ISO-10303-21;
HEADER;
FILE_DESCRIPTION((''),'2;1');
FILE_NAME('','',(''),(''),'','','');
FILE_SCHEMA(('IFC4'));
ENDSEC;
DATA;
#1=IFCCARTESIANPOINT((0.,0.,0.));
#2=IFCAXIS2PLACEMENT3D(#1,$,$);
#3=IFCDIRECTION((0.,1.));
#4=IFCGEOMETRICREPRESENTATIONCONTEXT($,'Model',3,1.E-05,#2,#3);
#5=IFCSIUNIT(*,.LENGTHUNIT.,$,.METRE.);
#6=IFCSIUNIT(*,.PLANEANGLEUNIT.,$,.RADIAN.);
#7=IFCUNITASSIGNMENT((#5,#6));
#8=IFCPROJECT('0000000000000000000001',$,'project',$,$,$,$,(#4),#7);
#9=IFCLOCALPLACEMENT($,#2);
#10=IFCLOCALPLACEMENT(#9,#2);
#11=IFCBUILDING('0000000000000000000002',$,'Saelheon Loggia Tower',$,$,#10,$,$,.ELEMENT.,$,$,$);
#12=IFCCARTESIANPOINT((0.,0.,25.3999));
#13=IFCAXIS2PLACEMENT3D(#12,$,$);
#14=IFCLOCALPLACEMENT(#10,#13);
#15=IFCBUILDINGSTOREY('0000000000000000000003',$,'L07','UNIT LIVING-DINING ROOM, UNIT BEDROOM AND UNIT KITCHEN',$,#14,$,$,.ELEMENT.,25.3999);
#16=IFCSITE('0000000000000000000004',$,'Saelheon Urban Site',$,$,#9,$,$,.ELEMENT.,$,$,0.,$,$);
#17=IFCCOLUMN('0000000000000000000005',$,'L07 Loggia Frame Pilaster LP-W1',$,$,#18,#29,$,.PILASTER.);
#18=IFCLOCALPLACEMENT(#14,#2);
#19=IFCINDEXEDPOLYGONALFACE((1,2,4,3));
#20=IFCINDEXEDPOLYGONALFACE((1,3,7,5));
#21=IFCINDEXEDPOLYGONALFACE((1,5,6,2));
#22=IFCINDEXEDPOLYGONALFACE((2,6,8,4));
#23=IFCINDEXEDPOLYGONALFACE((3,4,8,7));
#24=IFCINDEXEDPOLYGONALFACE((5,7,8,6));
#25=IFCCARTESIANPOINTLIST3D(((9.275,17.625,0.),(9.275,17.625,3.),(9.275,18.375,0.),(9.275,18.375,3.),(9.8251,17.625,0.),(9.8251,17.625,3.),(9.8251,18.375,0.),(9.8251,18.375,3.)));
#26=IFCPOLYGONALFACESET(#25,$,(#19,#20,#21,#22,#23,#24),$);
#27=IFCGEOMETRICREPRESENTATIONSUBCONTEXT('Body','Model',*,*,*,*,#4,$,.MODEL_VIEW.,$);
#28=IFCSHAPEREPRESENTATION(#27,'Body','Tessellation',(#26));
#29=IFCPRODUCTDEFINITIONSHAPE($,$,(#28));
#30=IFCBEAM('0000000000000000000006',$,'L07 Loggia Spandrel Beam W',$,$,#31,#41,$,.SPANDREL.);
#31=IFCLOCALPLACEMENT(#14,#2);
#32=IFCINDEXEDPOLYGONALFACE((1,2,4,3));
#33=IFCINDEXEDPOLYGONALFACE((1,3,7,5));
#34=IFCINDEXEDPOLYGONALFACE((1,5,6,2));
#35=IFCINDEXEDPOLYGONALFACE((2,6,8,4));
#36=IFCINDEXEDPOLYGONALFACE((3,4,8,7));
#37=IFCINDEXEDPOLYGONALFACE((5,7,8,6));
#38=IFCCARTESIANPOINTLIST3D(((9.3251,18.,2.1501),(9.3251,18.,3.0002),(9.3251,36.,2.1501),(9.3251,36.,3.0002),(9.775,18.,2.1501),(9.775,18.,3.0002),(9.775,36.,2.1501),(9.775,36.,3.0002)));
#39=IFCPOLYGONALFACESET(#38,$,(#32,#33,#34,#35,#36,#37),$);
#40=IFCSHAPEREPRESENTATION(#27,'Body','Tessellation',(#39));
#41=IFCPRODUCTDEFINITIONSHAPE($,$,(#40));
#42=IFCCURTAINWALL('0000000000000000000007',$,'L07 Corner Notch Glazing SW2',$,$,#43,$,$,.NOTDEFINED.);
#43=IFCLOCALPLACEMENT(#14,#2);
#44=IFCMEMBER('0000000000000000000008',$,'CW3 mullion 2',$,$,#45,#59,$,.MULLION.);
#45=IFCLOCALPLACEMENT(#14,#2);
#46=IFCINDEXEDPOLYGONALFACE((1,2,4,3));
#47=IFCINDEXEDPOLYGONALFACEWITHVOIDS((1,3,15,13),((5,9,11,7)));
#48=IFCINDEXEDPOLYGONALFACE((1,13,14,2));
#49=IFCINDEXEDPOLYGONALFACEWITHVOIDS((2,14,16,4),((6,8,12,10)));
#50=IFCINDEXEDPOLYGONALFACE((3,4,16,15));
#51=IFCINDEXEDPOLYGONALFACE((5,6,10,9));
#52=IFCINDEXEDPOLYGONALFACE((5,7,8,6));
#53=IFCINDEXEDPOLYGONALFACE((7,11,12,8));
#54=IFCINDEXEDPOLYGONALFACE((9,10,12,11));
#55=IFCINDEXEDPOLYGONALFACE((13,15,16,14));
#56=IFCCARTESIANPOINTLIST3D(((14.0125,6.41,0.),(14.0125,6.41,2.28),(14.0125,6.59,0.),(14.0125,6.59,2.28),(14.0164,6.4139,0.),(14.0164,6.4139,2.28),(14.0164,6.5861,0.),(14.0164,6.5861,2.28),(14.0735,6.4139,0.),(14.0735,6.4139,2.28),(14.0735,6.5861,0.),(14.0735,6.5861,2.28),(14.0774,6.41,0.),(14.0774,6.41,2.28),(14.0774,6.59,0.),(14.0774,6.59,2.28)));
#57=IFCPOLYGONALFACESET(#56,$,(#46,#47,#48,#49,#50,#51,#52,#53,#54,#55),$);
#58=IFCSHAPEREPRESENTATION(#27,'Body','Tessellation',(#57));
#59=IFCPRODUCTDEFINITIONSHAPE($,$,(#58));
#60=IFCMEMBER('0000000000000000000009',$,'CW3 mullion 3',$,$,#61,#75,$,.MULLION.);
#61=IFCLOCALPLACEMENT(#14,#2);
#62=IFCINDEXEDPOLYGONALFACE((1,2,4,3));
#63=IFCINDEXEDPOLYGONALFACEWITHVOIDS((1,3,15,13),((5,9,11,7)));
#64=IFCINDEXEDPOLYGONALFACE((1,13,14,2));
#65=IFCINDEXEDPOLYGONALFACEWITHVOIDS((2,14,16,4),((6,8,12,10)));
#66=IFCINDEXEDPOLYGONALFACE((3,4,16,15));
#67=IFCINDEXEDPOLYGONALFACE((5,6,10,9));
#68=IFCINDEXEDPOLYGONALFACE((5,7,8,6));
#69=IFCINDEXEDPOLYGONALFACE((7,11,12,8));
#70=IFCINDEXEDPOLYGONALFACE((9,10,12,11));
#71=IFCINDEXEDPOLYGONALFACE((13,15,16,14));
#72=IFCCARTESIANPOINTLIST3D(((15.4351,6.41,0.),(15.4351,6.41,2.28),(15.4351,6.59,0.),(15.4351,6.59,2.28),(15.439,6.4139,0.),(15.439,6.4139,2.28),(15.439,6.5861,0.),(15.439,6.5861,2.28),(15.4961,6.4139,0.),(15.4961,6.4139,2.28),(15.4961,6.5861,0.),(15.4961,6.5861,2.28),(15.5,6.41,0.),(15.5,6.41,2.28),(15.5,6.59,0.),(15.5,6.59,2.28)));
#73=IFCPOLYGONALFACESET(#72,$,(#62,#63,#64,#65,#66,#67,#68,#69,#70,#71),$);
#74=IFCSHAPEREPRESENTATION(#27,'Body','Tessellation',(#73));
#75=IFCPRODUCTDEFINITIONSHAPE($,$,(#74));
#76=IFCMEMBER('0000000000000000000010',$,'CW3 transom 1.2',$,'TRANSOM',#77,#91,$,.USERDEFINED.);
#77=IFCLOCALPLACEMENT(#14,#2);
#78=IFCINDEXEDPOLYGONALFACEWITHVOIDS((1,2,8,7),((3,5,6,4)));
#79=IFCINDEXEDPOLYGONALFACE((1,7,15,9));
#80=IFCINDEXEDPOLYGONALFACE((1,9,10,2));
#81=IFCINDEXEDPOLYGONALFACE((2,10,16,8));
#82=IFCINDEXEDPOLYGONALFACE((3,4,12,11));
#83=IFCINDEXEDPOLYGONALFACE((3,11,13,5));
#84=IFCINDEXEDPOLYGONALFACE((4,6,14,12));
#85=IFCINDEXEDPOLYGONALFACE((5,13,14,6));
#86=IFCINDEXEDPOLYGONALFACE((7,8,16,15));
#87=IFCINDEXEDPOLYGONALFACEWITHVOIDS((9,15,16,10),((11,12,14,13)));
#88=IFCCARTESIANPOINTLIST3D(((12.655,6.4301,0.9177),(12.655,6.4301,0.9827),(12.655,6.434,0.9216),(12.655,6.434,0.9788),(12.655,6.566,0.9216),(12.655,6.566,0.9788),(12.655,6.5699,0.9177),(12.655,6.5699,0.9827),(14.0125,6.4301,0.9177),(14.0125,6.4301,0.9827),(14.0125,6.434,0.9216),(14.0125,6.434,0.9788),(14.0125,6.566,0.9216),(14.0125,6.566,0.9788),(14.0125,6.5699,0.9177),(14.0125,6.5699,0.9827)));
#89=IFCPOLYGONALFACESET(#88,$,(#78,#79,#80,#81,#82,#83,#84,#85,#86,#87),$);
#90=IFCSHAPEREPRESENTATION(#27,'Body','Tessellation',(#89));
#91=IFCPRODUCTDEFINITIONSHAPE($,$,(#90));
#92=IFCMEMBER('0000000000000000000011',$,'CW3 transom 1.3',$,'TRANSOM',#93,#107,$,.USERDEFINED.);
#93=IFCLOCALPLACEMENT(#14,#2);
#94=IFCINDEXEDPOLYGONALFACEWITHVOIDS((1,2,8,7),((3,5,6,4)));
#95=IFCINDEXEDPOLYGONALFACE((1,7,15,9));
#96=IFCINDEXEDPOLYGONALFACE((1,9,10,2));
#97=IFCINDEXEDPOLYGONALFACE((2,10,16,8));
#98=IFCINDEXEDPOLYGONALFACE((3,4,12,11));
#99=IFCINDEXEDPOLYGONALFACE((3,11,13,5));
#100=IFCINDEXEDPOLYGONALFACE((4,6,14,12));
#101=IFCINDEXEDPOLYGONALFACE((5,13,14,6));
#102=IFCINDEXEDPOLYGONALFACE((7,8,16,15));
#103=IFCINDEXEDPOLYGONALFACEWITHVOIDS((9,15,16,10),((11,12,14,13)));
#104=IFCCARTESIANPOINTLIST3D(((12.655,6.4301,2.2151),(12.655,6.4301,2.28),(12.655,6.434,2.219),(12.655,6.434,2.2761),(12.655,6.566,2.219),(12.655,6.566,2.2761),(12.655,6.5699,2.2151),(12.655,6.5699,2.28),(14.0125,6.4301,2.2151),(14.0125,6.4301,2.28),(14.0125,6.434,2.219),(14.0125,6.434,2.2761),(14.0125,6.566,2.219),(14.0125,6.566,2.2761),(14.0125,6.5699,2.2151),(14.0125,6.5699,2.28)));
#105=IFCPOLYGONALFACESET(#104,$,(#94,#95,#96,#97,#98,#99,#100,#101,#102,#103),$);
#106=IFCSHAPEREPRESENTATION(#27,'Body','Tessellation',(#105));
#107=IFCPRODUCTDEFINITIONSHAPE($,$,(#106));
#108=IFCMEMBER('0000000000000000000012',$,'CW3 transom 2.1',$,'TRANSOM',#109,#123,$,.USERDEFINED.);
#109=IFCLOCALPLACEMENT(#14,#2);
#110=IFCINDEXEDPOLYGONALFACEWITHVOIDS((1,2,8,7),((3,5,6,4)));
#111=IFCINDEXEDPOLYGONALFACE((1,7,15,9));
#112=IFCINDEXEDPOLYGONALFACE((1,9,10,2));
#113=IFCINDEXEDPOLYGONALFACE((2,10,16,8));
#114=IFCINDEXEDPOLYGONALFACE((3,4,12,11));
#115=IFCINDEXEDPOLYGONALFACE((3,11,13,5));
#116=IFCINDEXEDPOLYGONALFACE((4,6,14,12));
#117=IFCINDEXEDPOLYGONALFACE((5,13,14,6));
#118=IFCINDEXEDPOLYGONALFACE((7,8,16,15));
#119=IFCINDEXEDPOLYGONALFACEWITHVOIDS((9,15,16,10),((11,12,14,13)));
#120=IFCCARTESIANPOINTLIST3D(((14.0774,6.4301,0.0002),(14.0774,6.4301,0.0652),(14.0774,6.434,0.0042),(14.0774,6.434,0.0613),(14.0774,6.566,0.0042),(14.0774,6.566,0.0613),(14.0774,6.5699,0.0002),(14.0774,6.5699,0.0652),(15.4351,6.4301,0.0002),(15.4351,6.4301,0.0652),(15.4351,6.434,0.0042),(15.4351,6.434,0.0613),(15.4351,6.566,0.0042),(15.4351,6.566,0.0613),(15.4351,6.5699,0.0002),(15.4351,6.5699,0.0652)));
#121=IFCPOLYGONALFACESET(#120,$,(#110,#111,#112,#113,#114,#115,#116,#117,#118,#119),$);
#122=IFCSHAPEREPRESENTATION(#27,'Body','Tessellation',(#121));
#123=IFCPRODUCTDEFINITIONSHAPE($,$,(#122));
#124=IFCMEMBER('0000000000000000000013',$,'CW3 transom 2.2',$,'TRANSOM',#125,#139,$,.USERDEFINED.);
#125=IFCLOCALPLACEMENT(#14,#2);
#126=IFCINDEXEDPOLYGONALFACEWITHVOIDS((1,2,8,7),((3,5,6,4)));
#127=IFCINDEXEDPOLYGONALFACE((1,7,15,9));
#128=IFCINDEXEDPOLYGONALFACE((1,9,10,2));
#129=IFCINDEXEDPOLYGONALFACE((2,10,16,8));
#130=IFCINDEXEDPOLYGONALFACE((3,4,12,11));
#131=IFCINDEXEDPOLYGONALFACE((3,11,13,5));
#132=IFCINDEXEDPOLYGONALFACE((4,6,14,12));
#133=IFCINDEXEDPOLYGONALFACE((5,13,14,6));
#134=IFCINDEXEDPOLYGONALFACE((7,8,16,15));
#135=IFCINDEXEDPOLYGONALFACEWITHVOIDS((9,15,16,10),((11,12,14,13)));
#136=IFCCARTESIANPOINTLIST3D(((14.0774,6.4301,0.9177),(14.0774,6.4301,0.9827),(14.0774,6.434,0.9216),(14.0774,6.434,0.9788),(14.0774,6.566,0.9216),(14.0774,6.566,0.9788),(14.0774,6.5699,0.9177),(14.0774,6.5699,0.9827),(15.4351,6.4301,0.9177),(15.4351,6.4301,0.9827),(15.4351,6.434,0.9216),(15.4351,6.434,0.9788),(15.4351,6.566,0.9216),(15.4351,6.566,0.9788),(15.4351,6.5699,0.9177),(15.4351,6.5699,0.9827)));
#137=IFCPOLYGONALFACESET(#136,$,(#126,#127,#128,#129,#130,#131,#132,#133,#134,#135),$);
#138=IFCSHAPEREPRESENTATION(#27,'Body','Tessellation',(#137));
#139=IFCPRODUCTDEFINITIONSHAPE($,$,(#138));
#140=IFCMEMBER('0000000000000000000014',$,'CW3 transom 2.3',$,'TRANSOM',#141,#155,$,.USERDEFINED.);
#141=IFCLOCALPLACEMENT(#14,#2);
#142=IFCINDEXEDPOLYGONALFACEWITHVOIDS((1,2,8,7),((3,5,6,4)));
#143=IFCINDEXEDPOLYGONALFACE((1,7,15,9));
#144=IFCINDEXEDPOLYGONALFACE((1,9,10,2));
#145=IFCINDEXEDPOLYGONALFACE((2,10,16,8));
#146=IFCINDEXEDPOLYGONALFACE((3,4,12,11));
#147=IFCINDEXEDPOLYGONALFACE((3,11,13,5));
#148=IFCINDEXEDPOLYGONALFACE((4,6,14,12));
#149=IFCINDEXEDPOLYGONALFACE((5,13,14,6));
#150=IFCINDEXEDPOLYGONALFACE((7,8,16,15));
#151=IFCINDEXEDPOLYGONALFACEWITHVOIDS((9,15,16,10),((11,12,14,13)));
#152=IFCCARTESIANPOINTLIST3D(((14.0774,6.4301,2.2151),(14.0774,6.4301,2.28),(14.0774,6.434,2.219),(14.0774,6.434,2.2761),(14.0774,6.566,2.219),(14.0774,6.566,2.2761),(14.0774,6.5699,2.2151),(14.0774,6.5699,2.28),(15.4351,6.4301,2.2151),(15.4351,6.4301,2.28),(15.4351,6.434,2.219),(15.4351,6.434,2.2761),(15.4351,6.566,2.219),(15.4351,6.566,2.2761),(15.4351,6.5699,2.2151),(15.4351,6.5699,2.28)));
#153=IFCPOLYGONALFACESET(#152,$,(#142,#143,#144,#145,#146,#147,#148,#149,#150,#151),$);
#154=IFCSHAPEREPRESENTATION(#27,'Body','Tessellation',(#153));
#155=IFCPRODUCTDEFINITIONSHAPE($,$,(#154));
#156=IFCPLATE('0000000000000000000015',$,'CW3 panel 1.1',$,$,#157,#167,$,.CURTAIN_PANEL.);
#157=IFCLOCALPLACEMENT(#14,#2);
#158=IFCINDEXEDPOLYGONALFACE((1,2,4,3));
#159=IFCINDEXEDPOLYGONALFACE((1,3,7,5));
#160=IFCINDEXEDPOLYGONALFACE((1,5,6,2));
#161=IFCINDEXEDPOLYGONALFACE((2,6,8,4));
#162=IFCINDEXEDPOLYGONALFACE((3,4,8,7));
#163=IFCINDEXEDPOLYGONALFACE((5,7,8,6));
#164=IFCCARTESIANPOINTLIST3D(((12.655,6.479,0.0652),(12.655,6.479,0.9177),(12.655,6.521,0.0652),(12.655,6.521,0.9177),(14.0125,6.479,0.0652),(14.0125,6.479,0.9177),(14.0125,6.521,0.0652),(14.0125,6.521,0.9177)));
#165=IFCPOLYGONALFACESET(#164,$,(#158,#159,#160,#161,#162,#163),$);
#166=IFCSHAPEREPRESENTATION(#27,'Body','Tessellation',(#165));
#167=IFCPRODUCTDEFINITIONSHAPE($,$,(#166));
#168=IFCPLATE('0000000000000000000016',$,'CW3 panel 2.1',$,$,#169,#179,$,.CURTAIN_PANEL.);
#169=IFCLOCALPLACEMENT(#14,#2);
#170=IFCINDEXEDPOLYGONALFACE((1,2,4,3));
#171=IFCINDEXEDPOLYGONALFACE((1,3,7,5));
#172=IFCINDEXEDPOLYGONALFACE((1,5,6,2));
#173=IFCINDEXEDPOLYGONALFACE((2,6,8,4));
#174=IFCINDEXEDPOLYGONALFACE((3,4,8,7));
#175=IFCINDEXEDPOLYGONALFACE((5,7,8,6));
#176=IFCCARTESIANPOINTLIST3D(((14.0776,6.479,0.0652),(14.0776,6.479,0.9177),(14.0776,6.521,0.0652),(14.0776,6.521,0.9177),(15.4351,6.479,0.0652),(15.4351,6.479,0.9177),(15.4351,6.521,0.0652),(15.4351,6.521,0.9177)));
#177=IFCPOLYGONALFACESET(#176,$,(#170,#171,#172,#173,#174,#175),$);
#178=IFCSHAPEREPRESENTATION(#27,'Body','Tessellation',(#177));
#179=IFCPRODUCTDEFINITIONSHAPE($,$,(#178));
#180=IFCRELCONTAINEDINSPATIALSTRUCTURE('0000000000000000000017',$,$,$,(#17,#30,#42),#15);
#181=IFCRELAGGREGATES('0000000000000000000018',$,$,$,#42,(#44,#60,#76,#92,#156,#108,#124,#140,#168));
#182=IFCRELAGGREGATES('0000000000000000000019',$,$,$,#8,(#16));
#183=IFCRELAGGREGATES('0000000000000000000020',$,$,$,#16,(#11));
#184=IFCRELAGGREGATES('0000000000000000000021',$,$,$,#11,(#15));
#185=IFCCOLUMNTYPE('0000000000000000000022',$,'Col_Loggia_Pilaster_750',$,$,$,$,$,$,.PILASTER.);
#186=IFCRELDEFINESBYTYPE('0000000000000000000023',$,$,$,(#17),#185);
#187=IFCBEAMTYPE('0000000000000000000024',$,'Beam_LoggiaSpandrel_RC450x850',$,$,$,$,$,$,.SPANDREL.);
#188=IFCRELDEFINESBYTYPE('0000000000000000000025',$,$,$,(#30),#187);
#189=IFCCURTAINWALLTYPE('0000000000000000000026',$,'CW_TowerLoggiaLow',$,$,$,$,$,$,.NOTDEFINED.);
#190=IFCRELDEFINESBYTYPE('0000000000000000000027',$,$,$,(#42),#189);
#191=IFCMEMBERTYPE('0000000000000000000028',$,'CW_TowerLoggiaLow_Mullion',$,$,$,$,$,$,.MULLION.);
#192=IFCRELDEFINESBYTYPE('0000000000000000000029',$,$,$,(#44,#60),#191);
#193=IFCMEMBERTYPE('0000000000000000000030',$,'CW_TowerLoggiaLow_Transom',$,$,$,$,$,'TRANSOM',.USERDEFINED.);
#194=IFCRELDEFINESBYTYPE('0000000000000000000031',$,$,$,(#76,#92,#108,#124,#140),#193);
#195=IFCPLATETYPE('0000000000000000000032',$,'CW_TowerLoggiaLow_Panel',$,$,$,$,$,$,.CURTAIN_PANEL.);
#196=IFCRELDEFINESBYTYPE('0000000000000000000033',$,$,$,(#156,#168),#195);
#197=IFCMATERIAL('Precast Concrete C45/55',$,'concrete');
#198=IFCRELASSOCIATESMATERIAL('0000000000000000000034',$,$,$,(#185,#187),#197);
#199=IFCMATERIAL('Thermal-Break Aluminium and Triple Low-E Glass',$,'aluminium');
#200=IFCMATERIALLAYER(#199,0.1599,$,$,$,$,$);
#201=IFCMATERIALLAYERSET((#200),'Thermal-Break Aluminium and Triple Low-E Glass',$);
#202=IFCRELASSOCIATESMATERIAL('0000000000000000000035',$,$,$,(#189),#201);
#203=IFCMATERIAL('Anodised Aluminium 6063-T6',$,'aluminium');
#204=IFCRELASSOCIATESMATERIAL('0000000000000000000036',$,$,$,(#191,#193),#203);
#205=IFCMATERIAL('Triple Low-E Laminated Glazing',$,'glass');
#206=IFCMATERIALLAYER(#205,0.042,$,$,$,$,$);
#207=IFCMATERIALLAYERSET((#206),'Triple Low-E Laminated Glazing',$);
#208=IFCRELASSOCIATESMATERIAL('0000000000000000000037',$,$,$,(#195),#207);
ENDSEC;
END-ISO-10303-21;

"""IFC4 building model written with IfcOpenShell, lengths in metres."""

from ifc_helpers import new_model, si_unit, direction, frame, origin, origin_2d, place, context, subcontext, project, spatial, rectangle, hollow_rectangle, extrude, source, transform, mapped, material, layer, layer_set, material_profile, profile_set, type_object, element, aggregate, save


model = new_model("IFC4")

# Units and contexts
model_context = context("Model", 3, precision=1e-05, world=origin(), true_north=direction((0.0, 1.0)))
body_context = subcontext(model_context, "Body", "Model", "MODEL_VIEW")
ifc_project = project(units=[si_unit("LENGTHUNIT", "METRE"), si_unit("PLANEANGLEUNIT", "RADIAN")], contexts=[model_context])

# Site, building, storey
site_placement = place(None, origin())
site = spatial("IfcSite", under=ifc_project, at=site_placement, Name="Saelheon Urban Site", CompositionType="ELEMENT", RefElevation=0.0)
building_placement = place(site_placement, origin())
building = spatial("IfcBuilding", under=site, at=building_placement, Name="Saelheon Loggia Tower", CompositionType="ELEMENT")
storey_placement = place(building_placement, frame((0.0, 0.0, 25.3999)))
storey = spatial("IfcBuildingStorey", under=building, at=storey_placement, Name="L07", Description="UNIT LIVING-DINING ROOM, UNIT BEDROOM AND UNIT KITCHEN", CompositionType="ELEMENT", Elevation=25.3999)

# Column
ifc_material_1 = material(Name="Precast Concrete C45/55", Category="concrete")
ifc_material_profile_1 = material_profile(ifc_material_1, rectangle(XDim=0.55, YDim=0.75, at=origin_2d()), Name="RC-550x750")
ifc_profile_set_1 = profile_set([ifc_material_profile_1], Name="Precast Concrete C45/55")
column_type = type_object("IfcColumnType", Name="Col_Loggia_Pilaster_750", PredefinedType="PILASTER", material=ifc_profile_set_1)
shared_shape_1 = source(origin(), body_context, "Body", "SweptSolid", [
    extrude(rectangle(XDim=0.55, YDim=0.75, at=origin_2d()), origin(), (0.0, 0.0, 1.0), 3.0),
])
column_placement = place(storey_placement, frame((9.55, 18.0, 0.0), z_axis=(0.0, 0.0, 1.0), x_axis=(1.0, 0.0, 0.0)))
element("IfcColumn", 1, at=column_placement, inside=storey, type_object=column_type, Name="L07 Loggia Frame Pilaster LP-W1", PredefinedType="PILASTER", context=body_context, shape_type="MappedRepresentation", body=[
    mapped(shared_shape_1, transform((0.0, 0.0, 0.0), scale=1.0)),
])

# Beam
ifc_material_profile_2 = material_profile(ifc_material_1, rectangle(XDim=0.45, YDim=0.8501, at=origin_2d()), Name="RC-450x850")
ifc_profile_set_2 = profile_set([ifc_material_profile_2], Name="Precast Concrete C45/55")
beam_type = type_object("IfcBeamType", Name="Beam_LoggiaSpandrel_RC450x850", PredefinedType="SPANDREL", material=ifc_profile_set_2)
shared_shape_2 = source(origin(), body_context, "Body", "SweptSolid", [
    extrude(rectangle(XDim=0.45, YDim=0.8501, at=origin_2d()), origin(), (0.0, 0.0, 1.0), 18.0),
])
beam_placement = place(storey_placement, frame((9.55, 18.0, 2.5752), z_axis=(0.0, 1.0, 0.0), x_axis=(-1.0, 0.0, 0.0)))
element("IfcBeam", 2, at=beam_placement, inside=storey, type_object=beam_type, Name="L07 Loggia Spandrel Beam W", PredefinedType="SPANDREL", context=body_context, shape_type="MappedRepresentation", body=[
    mapped(shared_shape_2, transform((0.0, 0.0, 0.0), scale=1.0)),
])

# Curtain wall, members, plates
ifc_material_2 = material(Name="Thermal-Break Aluminium and Triple Low-E Glass", Category="aluminium")
ifc_layer_1 = layer(ifc_material_2, 0.1599)
ifc_layer_set_1 = layer_set([ifc_layer_1], Name="Thermal-Break Aluminium and Triple Low-E Glass")
curtain_wall_type = type_object("IfcCurtainWallType", Name="CW_TowerLoggiaLow", PredefinedType="NOTDEFINED", material=ifc_layer_set_1)
curtain_wall_placement = place(storey_placement, origin())
curtain_wall = element("IfcCurtainWall", 3, at=curtain_wall_placement, inside=storey, type_object=curtain_wall_type, Name="L07 Corner Notch Glazing SW2", PredefinedType="NOTDEFINED")
ifc_material_3 = material(Name="Anodised Aluminium 6063-T6", Category="aluminium")
ifc_material_profile_3 = material_profile(ifc_material_3, hollow_rectangle(XDim=0.0649, YDim=0.1799, WallThickness=0.0039, at=origin_2d()), Name="RHS-180x65x4")
ifc_profile_set_3 = profile_set([ifc_material_profile_3], Name="Anodised Aluminium 6063-T6")
member_type_1 = type_object("IfcMemberType", Name="CW_TowerLoggiaLow_Mullion", PredefinedType="MULLION", material=ifc_profile_set_3)
shared_shape_3 = source(origin(), body_context, "Body", "SweptSolid", [
    extrude(hollow_rectangle(XDim=0.0649, YDim=0.1799, WallThickness=0.0039, at=origin_2d()), origin(), (0.0, 0.0, 1.0), 2.28),
])
member_1_placement = place(storey_placement, frame((14.0449, 6.5, 0.0), z_axis=(0.0, 0.0, 1.0), x_axis=(1.0, 0.0, 0.0)))
member_1 = element("IfcMember", 4, at=member_1_placement, type_object=member_type_1, Name="CW3 mullion 2", PredefinedType="MULLION", context=body_context, shape_type="MappedRepresentation", body=[
    mapped(shared_shape_3, transform((0.0, 0.0, 0.0), scale=1.0)),
])
member_2_placement = place(storey_placement, frame((15.4675, 6.5, 0.0), z_axis=(0.0, 0.0, 1.0), x_axis=(1.0, 0.0, 0.0)))
member_2 = element("IfcMember", 5, at=member_2_placement, type_object=member_type_1, Name="CW3 mullion 3", PredefinedType="MULLION", context=body_context, shape_type="MappedRepresentation", body=[
    mapped(shared_shape_3, transform((0.0, 0.0, 0.0), scale=1.0)),
])
ifc_material_profile_4 = material_profile(ifc_material_3, hollow_rectangle(XDim=0.0649, YDim=0.1399, WallThickness=0.0039, at=origin_2d()), Name="RHS-140x65x4")
ifc_profile_set_4 = profile_set([ifc_material_profile_4], Name="Anodised Aluminium 6063-T6")
member_type_2 = type_object("IfcMemberType", Name="CW_TowerLoggiaLow_Transom", ElementType="TRANSOM", PredefinedType="USERDEFINED", material=ifc_profile_set_4)
shared_shape_4 = source(origin(), body_context, "Body", "SweptSolid", [
    extrude(hollow_rectangle(XDim=0.0649, YDim=0.1399, WallThickness=0.0039, at=origin_2d()), origin(), (0.0, 0.0, 1.0), 1.3574),
])
member_3_placement = place(storey_placement, frame((12.655, 6.5, 0.9502), z_axis=(1.0, 0.0, 0.0), x_axis=(0.0, 0.0, 1.0)))
member_3 = element("IfcMember", 6, at=member_3_placement, type_object=member_type_2, Name="CW3 transom 1.2", ObjectType="TRANSOM", PredefinedType="USERDEFINED", context=body_context, shape_type="MappedRepresentation", body=[
    mapped(shared_shape_4, transform((0.0, 0.0, 0.0), scale=1.0)),
])
member_4_placement = place(storey_placement, frame((12.655, 6.5, 2.2476), z_axis=(1.0, 0.0, 0.0), x_axis=(0.0, 0.0, 1.0)))
member_4 = element("IfcMember", 7, at=member_4_placement, type_object=member_type_2, Name="CW3 transom 1.3", ObjectType="TRANSOM", PredefinedType="USERDEFINED", context=body_context, shape_type="MappedRepresentation", body=[
    mapped(shared_shape_4, transform((0.0, 0.0, 0.0), scale=1.0)),
])
shared_shape_5 = source(origin(), body_context, "Body", "SweptSolid", [
    extrude(hollow_rectangle(XDim=0.0649, YDim=0.1399, WallThickness=0.0039, at=origin_2d()), origin(), (0.0, 0.0, 1.0), 1.3577),
])
member_5_placement = place(storey_placement, frame((14.0774, 6.5, 0.0327), z_axis=(1.0, 0.0, 0.0), x_axis=(0.0, 0.0, 1.0)))
member_5 = element("IfcMember", 8, at=member_5_placement, type_object=member_type_2, Name="CW3 transom 2.1", ObjectType="TRANSOM", PredefinedType="USERDEFINED", context=body_context, shape_type="MappedRepresentation", body=[
    mapped(shared_shape_5, transform((0.0, 0.0, 0.0), scale=1.0)),
])
member_6_placement = place(storey_placement, frame((14.0774, 6.5, 0.9502), z_axis=(1.0, 0.0, 0.0), x_axis=(0.0, 0.0, 1.0)))
member_6 = element("IfcMember", 9, at=member_6_placement, type_object=member_type_2, Name="CW3 transom 2.2", ObjectType="TRANSOM", PredefinedType="USERDEFINED", context=body_context, shape_type="MappedRepresentation", body=[
    mapped(shared_shape_5, transform((0.0, 0.0, 0.0), scale=1.0)),
])
member_7_placement = place(storey_placement, frame((14.0774, 6.5, 2.2476), z_axis=(1.0, 0.0, 0.0), x_axis=(0.0, 0.0, 1.0)))
member_7 = element("IfcMember", 10, at=member_7_placement, type_object=member_type_2, Name="CW3 transom 2.3", ObjectType="TRANSOM", PredefinedType="USERDEFINED", context=body_context, shape_type="MappedRepresentation", body=[
    mapped(shared_shape_5, transform((0.0, 0.0, 0.0), scale=1.0)),
])
ifc_material_4 = material(Name="Triple Low-E Laminated Glazing", Category="glass")
ifc_layer_2 = layer(ifc_material_4, 0.042)
ifc_layer_set_2 = layer_set([ifc_layer_2], Name="Triple Low-E Laminated Glazing")
plate_type = type_object("IfcPlateType", Name="CW_TowerLoggiaLow_Panel", PredefinedType="CURTAIN_PANEL", material=ifc_layer_set_2)
shared_shape_6 = source(origin(), body_context, "Body", "SweptSolid", [
    extrude(rectangle(XDim=1.3574, YDim=0.042, at=origin_2d()), origin(), (0.0, 0.0, 1.0), 0.8525),
])
plate_1_placement = place(storey_placement, frame((13.3337, 6.5, 0.0652), z_axis=(0.0, 0.0, 1.0), x_axis=(1.0, 0.0, 0.0)))
plate_1 = element("IfcPlate", 11, at=plate_1_placement, type_object=plate_type, Name="CW3 panel 1.1", PredefinedType="CURTAIN_PANEL", context=body_context, shape_type="MappedRepresentation", body=[
    mapped(shared_shape_6, transform((0.0, 0.0, 0.0), scale=1.0)),
])
plate_2_placement = place(storey_placement, frame((14.7563, 6.5, 0.0652), z_axis=(0.0, 0.0, 1.0), x_axis=(1.0, 0.0, 0.0)))
plate_2 = element("IfcPlate", 12, at=plate_2_placement, type_object=plate_type, Name="CW3 panel 2.1", PredefinedType="CURTAIN_PANEL", context=body_context, shape_type="MappedRepresentation", body=[
    mapped(shared_shape_6, transform((0.0, 0.0, 0.0), scale=1.0)),
])
aggregate(curtain_wall, [member_1, member_2, member_3, member_4, plate_1, member_5, member_6, member_7, plate_2])

save(model, "model.ifc")
